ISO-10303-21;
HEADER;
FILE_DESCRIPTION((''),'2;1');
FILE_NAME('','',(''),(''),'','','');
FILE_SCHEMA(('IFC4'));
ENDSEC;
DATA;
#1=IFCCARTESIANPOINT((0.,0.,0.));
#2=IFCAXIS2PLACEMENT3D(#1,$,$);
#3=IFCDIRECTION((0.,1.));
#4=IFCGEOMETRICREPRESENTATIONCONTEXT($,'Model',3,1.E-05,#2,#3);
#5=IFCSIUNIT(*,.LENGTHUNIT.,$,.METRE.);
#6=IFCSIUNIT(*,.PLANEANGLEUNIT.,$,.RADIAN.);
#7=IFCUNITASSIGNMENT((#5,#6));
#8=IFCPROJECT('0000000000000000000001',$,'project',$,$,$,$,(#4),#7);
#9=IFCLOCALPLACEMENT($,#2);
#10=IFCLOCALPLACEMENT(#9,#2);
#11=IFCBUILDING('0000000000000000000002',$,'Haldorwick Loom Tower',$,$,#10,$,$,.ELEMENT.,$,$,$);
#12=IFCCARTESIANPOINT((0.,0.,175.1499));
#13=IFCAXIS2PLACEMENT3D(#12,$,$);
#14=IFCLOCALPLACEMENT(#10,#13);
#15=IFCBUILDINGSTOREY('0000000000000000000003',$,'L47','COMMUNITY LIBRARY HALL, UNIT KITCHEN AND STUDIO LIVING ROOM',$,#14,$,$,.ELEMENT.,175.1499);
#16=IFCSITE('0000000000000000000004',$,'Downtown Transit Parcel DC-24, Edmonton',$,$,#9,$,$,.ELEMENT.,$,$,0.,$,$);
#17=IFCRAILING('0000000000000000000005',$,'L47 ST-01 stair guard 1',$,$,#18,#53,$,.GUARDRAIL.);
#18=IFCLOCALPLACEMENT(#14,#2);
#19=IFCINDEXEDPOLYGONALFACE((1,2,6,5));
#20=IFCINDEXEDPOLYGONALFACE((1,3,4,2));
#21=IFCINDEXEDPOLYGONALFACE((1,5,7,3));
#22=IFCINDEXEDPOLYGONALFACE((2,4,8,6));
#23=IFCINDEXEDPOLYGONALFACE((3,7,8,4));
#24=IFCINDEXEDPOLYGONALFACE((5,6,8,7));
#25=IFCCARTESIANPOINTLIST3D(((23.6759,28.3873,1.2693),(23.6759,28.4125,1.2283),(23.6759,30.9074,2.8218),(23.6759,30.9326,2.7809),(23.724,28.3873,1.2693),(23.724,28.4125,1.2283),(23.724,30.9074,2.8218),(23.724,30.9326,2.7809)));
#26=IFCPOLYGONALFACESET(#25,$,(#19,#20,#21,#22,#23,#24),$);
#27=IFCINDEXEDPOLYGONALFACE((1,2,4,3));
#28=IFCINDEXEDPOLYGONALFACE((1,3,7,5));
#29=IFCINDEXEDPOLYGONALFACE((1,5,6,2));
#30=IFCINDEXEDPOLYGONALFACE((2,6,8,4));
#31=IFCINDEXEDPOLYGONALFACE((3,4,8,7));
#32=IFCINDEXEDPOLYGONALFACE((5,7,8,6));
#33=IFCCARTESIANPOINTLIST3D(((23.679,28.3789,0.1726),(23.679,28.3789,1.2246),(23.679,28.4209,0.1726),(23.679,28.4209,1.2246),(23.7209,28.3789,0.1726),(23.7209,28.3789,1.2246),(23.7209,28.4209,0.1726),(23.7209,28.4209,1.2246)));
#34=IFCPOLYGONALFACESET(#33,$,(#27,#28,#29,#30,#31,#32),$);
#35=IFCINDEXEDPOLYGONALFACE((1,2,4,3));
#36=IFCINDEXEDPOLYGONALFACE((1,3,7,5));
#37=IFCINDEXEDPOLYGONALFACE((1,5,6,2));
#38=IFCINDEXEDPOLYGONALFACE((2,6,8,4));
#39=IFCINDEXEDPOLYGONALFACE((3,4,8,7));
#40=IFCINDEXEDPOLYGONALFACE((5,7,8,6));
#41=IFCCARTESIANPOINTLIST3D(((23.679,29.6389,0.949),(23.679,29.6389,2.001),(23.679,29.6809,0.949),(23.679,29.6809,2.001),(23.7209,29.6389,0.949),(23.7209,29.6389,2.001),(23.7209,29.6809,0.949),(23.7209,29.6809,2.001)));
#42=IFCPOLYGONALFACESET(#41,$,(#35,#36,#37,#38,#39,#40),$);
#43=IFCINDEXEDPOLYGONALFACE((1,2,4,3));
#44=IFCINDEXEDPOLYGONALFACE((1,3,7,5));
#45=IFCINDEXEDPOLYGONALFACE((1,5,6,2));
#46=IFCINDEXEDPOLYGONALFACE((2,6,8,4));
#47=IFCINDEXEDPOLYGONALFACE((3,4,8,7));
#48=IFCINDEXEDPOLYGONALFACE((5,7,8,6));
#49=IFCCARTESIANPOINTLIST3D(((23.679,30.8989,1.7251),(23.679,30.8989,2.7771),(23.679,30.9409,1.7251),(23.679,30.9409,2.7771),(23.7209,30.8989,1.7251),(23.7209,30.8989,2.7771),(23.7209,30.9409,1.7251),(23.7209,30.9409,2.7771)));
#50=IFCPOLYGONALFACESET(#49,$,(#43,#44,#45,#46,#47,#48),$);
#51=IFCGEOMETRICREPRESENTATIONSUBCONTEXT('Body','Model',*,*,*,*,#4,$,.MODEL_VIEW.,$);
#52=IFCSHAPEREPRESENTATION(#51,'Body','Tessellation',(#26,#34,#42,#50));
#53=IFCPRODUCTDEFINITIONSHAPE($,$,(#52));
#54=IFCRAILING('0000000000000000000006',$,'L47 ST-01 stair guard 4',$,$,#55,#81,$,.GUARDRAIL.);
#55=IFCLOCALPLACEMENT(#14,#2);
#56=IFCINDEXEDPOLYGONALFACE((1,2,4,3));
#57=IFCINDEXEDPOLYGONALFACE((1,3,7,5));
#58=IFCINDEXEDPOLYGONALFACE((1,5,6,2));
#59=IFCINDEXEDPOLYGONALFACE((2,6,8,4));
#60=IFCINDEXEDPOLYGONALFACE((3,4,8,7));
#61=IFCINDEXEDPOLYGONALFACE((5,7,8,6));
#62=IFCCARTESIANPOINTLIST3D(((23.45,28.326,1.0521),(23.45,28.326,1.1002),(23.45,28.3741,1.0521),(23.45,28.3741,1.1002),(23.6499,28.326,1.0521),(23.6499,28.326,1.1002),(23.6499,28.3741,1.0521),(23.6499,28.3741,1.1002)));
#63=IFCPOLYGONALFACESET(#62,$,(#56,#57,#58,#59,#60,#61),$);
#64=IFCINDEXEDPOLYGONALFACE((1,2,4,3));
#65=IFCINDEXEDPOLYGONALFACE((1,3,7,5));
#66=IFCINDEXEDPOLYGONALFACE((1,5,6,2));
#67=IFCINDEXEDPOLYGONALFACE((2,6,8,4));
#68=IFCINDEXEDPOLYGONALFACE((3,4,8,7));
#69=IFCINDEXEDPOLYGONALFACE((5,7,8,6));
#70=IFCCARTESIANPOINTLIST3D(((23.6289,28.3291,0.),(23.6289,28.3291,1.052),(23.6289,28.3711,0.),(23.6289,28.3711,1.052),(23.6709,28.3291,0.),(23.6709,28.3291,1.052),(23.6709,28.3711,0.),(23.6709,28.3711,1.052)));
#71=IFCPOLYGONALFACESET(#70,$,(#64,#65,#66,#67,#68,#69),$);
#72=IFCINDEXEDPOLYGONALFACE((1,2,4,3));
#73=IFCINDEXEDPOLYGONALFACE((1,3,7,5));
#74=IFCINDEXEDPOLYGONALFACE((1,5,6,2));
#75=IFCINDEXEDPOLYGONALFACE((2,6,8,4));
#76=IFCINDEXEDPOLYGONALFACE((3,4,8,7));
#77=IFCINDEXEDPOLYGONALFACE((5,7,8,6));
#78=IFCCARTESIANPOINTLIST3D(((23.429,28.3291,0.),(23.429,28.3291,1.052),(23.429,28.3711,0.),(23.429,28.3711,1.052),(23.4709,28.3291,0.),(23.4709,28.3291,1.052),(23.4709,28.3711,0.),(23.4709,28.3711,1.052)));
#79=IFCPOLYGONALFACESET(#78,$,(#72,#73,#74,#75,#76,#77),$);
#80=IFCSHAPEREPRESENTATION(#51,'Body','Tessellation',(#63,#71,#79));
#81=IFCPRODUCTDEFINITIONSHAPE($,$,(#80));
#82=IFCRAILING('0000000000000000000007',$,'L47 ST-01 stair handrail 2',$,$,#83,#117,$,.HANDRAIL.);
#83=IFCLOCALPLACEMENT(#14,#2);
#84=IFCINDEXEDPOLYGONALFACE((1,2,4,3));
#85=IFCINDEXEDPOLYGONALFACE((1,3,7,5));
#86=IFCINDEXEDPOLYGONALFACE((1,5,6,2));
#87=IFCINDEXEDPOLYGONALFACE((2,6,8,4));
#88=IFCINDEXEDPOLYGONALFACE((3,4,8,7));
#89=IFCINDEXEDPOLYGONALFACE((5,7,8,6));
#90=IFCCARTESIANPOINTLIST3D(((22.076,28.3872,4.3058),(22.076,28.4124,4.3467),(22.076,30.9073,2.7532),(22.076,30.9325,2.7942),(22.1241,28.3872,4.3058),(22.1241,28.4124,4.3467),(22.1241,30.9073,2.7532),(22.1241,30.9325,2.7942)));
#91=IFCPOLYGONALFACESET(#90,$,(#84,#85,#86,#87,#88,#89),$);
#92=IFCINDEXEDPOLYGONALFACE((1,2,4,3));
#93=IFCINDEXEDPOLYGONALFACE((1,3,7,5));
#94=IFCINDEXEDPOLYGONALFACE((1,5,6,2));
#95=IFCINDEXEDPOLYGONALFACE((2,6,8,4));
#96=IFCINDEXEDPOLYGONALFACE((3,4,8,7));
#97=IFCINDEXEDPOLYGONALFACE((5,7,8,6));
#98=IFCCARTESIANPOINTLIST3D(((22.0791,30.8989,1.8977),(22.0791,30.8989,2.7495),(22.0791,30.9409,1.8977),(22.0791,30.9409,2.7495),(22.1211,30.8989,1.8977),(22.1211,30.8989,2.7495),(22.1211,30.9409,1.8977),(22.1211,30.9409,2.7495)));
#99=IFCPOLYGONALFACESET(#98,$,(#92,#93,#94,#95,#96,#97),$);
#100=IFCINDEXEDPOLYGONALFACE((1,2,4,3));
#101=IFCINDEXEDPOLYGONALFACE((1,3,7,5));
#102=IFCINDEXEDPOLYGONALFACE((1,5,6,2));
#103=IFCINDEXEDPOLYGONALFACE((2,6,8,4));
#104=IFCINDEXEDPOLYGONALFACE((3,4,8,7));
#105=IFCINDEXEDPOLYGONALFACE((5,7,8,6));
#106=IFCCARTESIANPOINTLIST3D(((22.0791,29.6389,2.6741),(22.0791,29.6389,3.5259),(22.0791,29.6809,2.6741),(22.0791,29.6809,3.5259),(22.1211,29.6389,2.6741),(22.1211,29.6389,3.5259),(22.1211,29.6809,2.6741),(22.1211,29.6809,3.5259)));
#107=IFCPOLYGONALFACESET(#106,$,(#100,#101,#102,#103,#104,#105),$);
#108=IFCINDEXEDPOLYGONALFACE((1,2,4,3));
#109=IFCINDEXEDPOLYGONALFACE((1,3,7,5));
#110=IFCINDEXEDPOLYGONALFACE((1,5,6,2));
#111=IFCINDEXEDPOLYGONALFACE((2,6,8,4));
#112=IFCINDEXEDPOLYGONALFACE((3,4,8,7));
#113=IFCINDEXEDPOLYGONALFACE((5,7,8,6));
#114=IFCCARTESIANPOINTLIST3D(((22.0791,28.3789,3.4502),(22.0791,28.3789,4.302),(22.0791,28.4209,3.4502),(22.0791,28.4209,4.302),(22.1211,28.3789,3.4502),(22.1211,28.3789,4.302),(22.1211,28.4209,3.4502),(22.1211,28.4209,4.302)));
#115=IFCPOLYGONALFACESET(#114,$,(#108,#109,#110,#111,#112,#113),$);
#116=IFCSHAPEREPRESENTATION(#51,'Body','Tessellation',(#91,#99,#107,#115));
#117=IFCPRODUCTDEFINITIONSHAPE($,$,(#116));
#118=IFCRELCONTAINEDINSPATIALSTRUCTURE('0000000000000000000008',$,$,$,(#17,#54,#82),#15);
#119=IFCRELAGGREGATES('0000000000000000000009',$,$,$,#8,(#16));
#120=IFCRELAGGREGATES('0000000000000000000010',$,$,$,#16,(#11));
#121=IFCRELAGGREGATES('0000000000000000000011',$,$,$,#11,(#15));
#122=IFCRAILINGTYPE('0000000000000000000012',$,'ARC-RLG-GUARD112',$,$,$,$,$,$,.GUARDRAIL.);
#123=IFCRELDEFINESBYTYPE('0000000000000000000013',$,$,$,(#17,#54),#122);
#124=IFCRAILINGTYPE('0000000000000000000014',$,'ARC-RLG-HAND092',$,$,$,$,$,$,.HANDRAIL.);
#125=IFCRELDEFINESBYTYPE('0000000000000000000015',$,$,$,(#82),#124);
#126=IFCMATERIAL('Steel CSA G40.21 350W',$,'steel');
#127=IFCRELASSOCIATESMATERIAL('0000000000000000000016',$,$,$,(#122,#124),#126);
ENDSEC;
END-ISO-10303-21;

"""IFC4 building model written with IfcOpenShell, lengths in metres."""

from ifc_helpers import new_model, si_unit, direction, frame, origin, origin_2d, place, context, subcontext, project, spatial, rectangle, extrude, material, type_object, element, save


model = new_model("IFC4")

# Units and contexts
model_context = context("Model", 3, precision=1e-05, world=origin(), true_north=direction((0.0, 1.0)))
body_context = subcontext(model_context, "Body", "Model", "MODEL_VIEW")
ifc_project = project(units=[si_unit("LENGTHUNIT", "METRE"), si_unit("PLANEANGLEUNIT", "RADIAN")], contexts=[model_context])

# Site, building, storey
site_placement = place(None, origin())
site = spatial("IfcSite", under=ifc_project, at=site_placement, Name="Downtown Transit Parcel DC-24, Edmonton", CompositionType="ELEMENT", RefElevation=0.0)
building_placement = place(site_placement, origin())
building = spatial("IfcBuilding", under=site, at=building_placement, Name="Haldorwick Loom Tower", CompositionType="ELEMENT")
storey_placement = place(building_placement, frame((0.0, 0.0, 175.1499)))
storey = spatial("IfcBuildingStorey", under=building, at=storey_placement, Name="L47", Description="COMMUNITY LIBRARY HALL, UNIT KITCHEN AND STUDIO LIVING ROOM", CompositionType="ELEMENT", Elevation=175.1499)

# Shared definitions
ifc_material_1 = material(Name="Steel CSA G40.21 350W", Category="steel")

# Railings
railing_type_1 = type_object("IfcRailingType", Name="ARC-RLG-GUARD112", PredefinedType="GUARDRAIL", material=ifc_material_1)
railing_1_placement = place(storey_placement, frame((23.7, 28.3999, 0.1726)))
element("IfcRailing", 1, at=railing_1_placement, inside=storey, type_object=railing_type_1, Name="L47 ST-01 stair guard 1", PredefinedType="GUARDRAIL", context=body_context, shape_type="SweptSolid", body=[
    extrude(rectangle(XDim=0.0481, YDim=0.0481, at=origin_2d()), frame((0.0, 0.0, 1.0762), z_axis=(0.0, 0.8514, 0.524516), x_axis=(-1.0, 0.0, 0.0)), (0.0, 0.0, 1.0), 2.96),
    extrude(rectangle(XDim=0.042, YDim=0.042, at=origin_2d()), origin(), (0.0, 0.0, 1.0), 1.052),
    extrude(rectangle(XDim=0.042, YDim=0.042, at=origin_2d()), frame((0.0, 1.26, 0.7764)), (0.0, 0.0, 1.0), 1.052),
    extrude(rectangle(XDim=0.042, YDim=0.042, at=origin_2d()), frame((0.0, 2.52, 1.5525)), (0.0, 0.0, 1.0), 1.052),
])
railing_2_placement = place(storey_placement, frame((23.6499, 28.3501, 0.0)))
element("IfcRailing", 2, at=railing_2_placement, inside=storey, type_object=railing_type_1, Name="L47 ST-01 stair guard 4", PredefinedType="GUARDRAIL", context=body_context, shape_type="SweptSolid", body=[
    extrude(rectangle(XDim=0.0481, YDim=0.0481, at=origin_2d()), frame((0.0, 0.0, 1.0762), z_axis=(-1.0, 0.0, 0.0), x_axis=(0.0, -1.0, 0.0)), (0.0, 0.0, 1.0), 0.2),
    extrude(rectangle(XDim=0.042, YDim=0.042, at=origin_2d()), origin(), (0.0, 0.0, 1.0), 1.052),
    extrude(rectangle(XDim=0.042, YDim=0.042, at=origin_2d()), frame((-0.2, 0.0, 0.0)), (0.0, 0.0, 1.0), 1.052),
])
railing_type_2 = type_object("IfcRailingType", Name="ARC-RLG-HAND092", PredefinedType="HANDRAIL", material=ifc_material_1)
railing_3_placement = place(storey_placement, frame((22.1001, 30.9199, 1.8977)))
element("IfcRailing", 3, at=railing_3_placement, inside=storey, type_object=railing_type_2, Name="L47 ST-01 stair handrail 2", PredefinedType="HANDRAIL", context=body_context, shape_type="SweptSolid", body=[
    extrude(rectangle(XDim=0.0481, YDim=0.0481, at=origin_2d()), frame((0.0, 0.0, 0.876), z_axis=(0.0, -0.8514, 0.524516), x_axis=(1.0, 0.0, 0.0)), (0.0, 0.0, 1.0), 2.96),
    extrude(rectangle(XDim=0.042, YDim=0.042, at=origin_2d()), origin(), (0.0, 0.0, 1.0), 0.8518),
    extrude(rectangle(XDim=0.042, YDim=0.042, at=origin_2d()), frame((0.0, -1.26, 0.7764)), (0.0, 0.0, 1.0), 0.8518),
    extrude(rectangle(XDim=0.042, YDim=0.042, at=origin_2d()), frame((0.0, -2.52, 1.5525)), (0.0, 0.0, 1.0), 0.8518),
])

save(model, "model.ifc")
